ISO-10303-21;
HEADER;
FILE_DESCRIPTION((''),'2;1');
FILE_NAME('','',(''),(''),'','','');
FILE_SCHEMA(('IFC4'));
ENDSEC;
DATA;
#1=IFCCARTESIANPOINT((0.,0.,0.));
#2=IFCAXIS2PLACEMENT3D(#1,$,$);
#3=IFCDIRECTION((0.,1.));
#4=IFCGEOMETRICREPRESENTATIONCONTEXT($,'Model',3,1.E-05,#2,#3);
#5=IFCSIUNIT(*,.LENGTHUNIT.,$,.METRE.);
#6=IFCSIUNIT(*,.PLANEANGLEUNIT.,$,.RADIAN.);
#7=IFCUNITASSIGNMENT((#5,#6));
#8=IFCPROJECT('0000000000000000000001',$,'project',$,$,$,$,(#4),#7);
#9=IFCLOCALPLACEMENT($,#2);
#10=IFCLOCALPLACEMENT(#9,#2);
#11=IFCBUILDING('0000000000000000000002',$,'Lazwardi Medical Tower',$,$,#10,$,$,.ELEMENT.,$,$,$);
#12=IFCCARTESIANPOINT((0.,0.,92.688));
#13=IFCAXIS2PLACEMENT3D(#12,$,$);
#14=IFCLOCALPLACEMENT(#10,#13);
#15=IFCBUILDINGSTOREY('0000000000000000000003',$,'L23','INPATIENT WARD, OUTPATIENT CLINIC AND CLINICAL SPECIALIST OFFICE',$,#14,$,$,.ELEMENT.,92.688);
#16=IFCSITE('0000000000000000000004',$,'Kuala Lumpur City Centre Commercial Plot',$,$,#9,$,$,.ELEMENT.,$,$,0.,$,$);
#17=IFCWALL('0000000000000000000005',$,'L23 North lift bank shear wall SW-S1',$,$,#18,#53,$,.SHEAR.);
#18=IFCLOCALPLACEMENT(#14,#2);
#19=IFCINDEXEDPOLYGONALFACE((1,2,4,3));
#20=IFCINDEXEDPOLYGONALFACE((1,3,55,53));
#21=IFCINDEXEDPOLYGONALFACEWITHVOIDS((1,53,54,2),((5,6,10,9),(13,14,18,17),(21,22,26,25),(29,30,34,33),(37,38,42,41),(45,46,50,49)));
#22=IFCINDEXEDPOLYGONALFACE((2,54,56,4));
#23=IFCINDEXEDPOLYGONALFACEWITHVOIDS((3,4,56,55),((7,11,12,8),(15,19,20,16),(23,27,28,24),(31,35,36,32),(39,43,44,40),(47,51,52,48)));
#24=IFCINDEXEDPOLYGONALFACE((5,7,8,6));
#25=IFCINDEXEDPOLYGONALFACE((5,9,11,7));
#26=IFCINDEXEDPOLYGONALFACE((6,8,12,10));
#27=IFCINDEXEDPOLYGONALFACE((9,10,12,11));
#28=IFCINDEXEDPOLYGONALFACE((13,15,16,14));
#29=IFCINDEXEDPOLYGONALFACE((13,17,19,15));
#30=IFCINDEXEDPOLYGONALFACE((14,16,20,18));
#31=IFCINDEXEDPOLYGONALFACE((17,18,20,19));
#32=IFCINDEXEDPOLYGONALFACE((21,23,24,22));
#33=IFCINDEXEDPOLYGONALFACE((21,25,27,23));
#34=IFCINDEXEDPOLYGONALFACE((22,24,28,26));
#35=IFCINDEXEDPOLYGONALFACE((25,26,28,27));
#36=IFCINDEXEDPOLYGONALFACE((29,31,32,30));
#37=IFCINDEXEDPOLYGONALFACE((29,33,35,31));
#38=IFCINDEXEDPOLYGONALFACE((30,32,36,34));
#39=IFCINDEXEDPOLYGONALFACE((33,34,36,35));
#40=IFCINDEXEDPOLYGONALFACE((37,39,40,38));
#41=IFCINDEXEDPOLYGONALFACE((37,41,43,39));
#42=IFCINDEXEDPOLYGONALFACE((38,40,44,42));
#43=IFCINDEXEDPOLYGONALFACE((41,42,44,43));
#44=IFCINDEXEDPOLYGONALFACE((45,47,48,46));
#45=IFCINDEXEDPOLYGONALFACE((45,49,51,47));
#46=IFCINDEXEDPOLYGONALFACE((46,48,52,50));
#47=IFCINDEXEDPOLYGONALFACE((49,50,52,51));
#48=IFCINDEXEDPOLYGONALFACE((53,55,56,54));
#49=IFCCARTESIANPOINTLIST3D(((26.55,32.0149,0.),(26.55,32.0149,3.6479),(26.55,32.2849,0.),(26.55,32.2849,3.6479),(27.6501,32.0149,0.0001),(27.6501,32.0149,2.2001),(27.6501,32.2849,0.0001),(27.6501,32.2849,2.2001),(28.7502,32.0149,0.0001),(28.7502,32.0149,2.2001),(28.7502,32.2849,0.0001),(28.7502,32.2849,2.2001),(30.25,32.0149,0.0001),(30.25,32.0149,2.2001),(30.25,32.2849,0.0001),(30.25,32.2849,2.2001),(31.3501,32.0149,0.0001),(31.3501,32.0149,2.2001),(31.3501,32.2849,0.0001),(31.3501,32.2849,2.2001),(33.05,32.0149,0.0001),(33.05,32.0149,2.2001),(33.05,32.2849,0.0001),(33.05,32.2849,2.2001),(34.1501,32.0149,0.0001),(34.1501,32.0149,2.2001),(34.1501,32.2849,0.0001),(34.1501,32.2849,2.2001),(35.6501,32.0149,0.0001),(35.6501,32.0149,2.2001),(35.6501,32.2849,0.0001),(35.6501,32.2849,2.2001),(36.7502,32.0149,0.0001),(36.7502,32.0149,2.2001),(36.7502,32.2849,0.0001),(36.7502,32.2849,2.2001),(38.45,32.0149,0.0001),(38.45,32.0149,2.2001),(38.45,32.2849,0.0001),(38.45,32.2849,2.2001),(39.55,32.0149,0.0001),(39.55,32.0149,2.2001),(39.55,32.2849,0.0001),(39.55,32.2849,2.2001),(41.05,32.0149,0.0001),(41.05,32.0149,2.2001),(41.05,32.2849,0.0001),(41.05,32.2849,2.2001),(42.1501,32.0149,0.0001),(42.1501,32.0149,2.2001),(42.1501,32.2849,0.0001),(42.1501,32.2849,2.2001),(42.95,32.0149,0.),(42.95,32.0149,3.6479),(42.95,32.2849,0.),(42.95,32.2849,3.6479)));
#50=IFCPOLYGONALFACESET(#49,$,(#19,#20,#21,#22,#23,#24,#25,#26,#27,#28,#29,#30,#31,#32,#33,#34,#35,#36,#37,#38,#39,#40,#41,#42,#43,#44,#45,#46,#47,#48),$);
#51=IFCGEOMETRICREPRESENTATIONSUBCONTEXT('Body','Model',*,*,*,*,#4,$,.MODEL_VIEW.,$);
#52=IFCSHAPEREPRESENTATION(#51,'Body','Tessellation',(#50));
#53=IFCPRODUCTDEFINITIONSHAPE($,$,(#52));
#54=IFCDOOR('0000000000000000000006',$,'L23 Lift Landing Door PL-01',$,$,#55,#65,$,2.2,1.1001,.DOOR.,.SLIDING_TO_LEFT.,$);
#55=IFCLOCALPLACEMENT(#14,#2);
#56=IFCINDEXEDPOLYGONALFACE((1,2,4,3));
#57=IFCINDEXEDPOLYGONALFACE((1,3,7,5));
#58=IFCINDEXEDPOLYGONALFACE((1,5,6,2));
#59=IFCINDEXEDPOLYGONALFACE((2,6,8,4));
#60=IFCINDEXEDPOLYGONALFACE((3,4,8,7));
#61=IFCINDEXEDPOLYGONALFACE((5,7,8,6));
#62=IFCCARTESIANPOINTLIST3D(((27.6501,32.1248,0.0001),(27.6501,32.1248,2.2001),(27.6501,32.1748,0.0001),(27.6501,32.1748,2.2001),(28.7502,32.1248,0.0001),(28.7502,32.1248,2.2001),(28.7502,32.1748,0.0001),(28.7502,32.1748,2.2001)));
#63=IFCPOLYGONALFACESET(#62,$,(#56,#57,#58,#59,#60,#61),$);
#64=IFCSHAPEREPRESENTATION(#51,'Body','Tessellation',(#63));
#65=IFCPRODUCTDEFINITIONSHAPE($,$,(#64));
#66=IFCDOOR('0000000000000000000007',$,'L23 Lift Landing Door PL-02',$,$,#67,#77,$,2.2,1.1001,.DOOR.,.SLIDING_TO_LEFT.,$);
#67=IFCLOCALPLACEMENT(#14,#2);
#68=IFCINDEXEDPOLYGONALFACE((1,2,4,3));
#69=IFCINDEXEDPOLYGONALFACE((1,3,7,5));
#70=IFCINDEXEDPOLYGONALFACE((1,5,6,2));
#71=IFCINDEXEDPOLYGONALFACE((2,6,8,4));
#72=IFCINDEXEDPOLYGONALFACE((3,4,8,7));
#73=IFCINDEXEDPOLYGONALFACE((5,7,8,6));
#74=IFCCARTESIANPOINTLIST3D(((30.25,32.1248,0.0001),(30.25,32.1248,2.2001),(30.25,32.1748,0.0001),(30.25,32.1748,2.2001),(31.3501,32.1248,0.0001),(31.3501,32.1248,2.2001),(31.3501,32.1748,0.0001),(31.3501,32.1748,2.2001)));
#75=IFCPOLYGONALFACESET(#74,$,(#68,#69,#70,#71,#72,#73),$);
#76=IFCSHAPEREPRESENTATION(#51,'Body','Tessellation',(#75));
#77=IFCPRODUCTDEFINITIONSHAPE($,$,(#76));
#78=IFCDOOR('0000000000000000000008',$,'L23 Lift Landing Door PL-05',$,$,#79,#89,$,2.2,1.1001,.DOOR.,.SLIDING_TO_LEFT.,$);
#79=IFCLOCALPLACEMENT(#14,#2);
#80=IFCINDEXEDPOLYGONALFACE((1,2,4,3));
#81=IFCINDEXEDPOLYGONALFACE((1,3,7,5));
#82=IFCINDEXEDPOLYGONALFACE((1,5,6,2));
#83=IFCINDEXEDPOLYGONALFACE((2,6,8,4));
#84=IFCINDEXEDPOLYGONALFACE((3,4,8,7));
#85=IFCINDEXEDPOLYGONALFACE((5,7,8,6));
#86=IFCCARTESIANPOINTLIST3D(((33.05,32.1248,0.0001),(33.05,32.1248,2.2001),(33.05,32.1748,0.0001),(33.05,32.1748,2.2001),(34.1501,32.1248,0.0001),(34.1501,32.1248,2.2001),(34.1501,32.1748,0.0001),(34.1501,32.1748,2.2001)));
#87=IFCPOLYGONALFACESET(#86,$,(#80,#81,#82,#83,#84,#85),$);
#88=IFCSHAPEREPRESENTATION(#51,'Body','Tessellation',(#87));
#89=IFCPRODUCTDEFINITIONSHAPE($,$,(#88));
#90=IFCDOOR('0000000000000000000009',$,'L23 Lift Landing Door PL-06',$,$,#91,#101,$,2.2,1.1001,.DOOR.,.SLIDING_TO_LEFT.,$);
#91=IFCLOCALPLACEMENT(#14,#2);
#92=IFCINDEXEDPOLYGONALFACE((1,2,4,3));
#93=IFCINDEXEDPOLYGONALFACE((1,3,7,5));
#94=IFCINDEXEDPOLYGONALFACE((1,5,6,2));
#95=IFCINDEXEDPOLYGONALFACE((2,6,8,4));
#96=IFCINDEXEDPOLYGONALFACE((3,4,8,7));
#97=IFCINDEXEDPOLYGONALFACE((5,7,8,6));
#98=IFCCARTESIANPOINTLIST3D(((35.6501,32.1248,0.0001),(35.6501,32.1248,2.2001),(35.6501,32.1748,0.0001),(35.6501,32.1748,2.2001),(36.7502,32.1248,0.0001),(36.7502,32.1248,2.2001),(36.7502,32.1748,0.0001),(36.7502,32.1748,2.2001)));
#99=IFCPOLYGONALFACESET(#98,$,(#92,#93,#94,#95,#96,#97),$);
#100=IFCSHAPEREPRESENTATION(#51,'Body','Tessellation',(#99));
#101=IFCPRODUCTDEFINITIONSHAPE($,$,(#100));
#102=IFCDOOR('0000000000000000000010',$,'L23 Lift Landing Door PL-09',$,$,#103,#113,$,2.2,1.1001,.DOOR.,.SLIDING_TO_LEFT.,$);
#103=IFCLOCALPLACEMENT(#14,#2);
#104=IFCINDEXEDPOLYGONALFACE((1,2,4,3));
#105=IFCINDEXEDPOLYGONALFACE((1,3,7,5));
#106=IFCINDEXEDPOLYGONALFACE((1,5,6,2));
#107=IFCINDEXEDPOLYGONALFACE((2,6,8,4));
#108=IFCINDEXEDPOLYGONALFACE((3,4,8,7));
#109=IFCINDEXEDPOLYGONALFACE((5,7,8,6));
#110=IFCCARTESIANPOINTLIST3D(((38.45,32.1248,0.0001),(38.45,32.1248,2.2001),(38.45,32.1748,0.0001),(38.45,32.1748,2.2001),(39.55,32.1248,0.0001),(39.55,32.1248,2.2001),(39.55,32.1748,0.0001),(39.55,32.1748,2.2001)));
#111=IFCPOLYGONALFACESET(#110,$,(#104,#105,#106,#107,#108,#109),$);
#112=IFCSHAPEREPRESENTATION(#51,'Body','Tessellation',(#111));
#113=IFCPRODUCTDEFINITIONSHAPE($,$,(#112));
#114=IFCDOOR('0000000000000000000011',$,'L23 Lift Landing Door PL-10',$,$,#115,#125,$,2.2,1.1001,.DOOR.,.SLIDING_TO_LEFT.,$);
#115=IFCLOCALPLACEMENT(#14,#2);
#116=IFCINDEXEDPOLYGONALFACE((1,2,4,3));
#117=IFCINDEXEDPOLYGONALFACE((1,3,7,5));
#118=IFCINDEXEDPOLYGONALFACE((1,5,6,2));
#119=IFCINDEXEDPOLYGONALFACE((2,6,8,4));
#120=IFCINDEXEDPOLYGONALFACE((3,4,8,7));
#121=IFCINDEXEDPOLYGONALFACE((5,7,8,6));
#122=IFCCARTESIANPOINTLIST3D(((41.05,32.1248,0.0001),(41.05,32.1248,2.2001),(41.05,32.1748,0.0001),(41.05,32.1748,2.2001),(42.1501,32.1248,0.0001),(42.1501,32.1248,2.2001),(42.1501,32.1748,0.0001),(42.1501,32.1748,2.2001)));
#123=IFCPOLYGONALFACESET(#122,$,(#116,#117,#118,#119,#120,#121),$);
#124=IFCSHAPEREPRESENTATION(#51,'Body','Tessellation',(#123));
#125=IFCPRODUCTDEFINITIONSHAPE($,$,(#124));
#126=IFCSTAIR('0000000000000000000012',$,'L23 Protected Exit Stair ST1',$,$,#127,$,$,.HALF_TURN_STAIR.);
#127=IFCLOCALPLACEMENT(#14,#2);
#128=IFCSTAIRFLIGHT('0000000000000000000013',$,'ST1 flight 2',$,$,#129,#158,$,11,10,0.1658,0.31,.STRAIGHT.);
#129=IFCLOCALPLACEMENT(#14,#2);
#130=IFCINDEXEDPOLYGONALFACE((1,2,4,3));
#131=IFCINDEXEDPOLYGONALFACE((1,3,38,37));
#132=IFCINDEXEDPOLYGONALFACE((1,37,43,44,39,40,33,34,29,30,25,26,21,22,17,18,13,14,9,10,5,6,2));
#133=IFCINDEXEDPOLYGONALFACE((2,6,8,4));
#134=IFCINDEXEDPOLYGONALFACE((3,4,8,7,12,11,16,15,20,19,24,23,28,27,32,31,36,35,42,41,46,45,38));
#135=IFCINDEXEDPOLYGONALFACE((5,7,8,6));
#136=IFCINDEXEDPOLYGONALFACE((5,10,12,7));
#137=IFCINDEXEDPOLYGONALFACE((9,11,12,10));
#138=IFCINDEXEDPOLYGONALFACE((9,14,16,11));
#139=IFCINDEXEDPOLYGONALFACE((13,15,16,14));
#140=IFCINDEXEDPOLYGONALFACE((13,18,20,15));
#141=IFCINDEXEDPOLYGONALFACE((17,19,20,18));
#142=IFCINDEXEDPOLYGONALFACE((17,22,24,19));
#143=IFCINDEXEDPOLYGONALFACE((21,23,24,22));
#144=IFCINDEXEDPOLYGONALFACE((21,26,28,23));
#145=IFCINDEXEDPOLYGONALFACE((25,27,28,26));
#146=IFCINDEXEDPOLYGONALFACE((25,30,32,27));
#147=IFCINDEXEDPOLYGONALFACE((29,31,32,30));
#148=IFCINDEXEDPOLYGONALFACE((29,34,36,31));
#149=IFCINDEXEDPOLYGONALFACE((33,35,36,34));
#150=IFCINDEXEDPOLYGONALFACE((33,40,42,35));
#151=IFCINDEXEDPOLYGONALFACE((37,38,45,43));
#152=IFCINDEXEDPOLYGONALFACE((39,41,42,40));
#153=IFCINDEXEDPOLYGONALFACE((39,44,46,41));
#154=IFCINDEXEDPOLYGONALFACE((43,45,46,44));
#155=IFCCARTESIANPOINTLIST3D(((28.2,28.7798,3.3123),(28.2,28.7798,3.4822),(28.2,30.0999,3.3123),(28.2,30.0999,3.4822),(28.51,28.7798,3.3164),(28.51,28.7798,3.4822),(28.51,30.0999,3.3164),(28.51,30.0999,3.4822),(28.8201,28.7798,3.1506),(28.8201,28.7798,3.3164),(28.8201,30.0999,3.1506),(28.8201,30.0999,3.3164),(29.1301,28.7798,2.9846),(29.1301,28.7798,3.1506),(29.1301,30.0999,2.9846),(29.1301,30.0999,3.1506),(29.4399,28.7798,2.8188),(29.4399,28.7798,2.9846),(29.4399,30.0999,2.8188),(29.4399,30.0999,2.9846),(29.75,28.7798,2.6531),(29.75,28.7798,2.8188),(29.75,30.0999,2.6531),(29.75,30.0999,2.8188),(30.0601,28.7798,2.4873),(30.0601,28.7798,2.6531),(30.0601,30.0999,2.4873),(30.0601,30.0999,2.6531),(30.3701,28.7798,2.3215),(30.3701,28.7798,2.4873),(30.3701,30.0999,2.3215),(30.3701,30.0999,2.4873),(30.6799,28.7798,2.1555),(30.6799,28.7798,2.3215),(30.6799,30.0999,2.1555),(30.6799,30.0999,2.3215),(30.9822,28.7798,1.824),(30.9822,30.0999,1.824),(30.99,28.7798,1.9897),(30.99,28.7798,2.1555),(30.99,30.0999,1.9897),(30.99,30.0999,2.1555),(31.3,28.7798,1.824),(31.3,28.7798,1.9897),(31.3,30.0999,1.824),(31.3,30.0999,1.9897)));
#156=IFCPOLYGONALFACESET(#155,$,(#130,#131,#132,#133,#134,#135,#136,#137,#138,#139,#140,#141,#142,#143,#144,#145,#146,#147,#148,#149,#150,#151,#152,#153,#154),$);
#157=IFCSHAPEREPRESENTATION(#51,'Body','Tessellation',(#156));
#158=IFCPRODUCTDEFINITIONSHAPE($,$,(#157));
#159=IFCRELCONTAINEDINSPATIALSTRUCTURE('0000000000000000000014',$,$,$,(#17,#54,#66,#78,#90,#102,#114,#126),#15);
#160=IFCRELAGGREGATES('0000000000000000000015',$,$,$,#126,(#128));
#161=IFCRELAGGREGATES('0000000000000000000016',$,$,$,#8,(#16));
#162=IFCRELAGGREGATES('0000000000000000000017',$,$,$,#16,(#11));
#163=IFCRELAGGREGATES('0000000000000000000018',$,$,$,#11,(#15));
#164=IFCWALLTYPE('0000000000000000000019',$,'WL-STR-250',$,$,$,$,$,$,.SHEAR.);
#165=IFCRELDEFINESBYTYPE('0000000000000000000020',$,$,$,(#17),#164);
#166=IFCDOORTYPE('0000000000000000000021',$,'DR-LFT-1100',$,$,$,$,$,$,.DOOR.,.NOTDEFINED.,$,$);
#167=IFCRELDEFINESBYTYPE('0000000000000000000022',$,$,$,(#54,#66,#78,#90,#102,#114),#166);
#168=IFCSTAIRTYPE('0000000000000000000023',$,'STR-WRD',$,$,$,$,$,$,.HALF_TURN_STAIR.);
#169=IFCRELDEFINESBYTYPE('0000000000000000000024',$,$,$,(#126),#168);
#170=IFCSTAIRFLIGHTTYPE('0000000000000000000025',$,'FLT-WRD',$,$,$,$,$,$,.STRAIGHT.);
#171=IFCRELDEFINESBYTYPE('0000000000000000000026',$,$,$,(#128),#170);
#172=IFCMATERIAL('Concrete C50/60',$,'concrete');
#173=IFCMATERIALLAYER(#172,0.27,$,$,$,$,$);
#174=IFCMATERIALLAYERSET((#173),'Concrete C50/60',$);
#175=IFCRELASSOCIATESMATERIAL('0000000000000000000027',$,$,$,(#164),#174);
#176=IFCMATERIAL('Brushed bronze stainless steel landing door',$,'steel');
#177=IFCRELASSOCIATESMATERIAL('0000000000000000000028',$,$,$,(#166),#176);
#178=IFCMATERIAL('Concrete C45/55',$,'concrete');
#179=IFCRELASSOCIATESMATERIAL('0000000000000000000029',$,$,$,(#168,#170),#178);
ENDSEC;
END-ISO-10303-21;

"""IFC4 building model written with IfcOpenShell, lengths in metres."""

from ifc_helpers import new_model, si_unit, direction, frame, frame_2d, origin, place, context, subcontext, project, spatial, polyline, rectangle, outline, extrude, material, layer, layer_set, type_object, element, fill, aggregate, save


model = new_model("IFC4")

# Units and contexts
model_context = context("Model", 3, precision=1e-05, world=origin(), true_north=direction((0.0, 1.0)))
body_context = subcontext(model_context, "Body", "Model", "MODEL_VIEW")
ifc_project = project(units=[si_unit("LENGTHUNIT", "METRE"), si_unit("PLANEANGLEUNIT", "RADIAN")], contexts=[model_context])

# Site, building, storey
site_placement = place(None, origin())
site = spatial("IfcSite", under=ifc_project, at=site_placement, Name="Kuala Lumpur City Centre Commercial Plot", CompositionType="ELEMENT", RefElevation=0.0)
building_placement = place(site_placement, origin())
building = spatial("IfcBuilding", under=site, at=building_placement, Name="Lazwardi Medical Tower", CompositionType="ELEMENT")
storey_placement = place(building_placement, frame((0.0, 0.0, 92.688)))
storey = spatial("IfcBuildingStorey", under=building, at=storey_placement, Name="L23", Description="INPATIENT WARD, OUTPATIENT CLINIC AND CLINICAL SPECIALIST OFFICE", CompositionType="ELEMENT", Elevation=92.688)

# Shared definitions
ifc_material_1 = material(Name="Concrete C50/60", Category="concrete")
ifc_layer_1 = layer(ifc_material_1, 0.27)
ifc_layer_set_1 = layer_set([ifc_layer_1], Name="Concrete C50/60")
wall_type_1 = type_object("IfcWallType", Name="WL-STR-250", PredefinedType="SHEAR", material=ifc_layer_set_1)

# Wall, openings, doors
wall_1_placement = place(storey_placement, frame((26.55, 32.1499, 0.0), z_axis=(0.0, 0.0, 1.0), x_axis=(1.0, 0.0, 0.0)))
wall_1 = element("IfcWall", 1, at=wall_1_placement, inside=storey, type_object=wall_type_1, Name="L23 North lift bank shear wall SW-S1", PredefinedType="SHEAR", context=body_context, shape_type="SweptSolid", body=[
    extrude(rectangle(XDim=16.3999, YDim=0.27, at=frame_2d((8.2, 0.0))), origin(), (0.0, 0.0, 1.0), 3.6479),
])
opening_1_placement = place(wall_1_placement, frame((1.1001, 0.0, 0.0)))
opening_1 = element("IfcOpeningElement", 2, at=opening_1_placement, cuts=wall_1, PredefinedType="OPENING", context=body_context, shape_type="SweptSolid", body=[
    extrude(rectangle(XDim=1.1001, YDim=2.2, at=frame_2d((0.55, 1.1001))), frame((0.0, 0.145, 0.0), z_axis=(0.0, -1.0, 0.0), x_axis=(1.0, 0.0, 0.0)), (0.0, 0.0, 1.0), 0.29),
])
opening_2_placement = place(wall_1_placement, frame((3.7, 0.0, 0.0)))
opening_2 = element("IfcOpeningElement", 3, at=opening_2_placement, cuts=wall_1, PredefinedType="OPENING", context=body_context, shape_type="SweptSolid", body=[
    extrude(rectangle(XDim=1.1001, YDim=2.2, at=frame_2d((0.55, 1.1001))), frame((0.0, 0.145, 0.0), z_axis=(0.0, -1.0, 0.0), x_axis=(1.0, 0.0, 0.0)), (0.0, 0.0, 1.0), 0.29),
])
opening_3_placement = place(wall_1_placement, frame((6.5, 0.0, 0.0)))
opening_3 = element("IfcOpeningElement", 4, at=opening_3_placement, cuts=wall_1, PredefinedType="OPENING", context=body_context, shape_type="SweptSolid", body=[
    extrude(rectangle(XDim=1.1001, YDim=2.2, at=frame_2d((0.55, 1.1001))), frame((0.0, 0.145, 0.0), z_axis=(0.0, -1.0, 0.0), x_axis=(1.0, 0.0, 0.0)), (0.0, 0.0, 1.0), 0.29),
])
opening_4_placement = place(wall_1_placement, frame((9.1001, 0.0, 0.0)))
opening_4 = element("IfcOpeningElement", 5, at=opening_4_placement, cuts=wall_1, PredefinedType="OPENING", context=body_context, shape_type="SweptSolid", body=[
    extrude(rectangle(XDim=1.1001, YDim=2.2, at=frame_2d((0.55, 1.1001))), frame((0.0, 0.145, 0.0), z_axis=(0.0, -1.0, 0.0), x_axis=(1.0, 0.0, 0.0)), (0.0, 0.0, 1.0), 0.29),
])
opening_5_placement = place(wall_1_placement, frame((11.8999, 0.0, 0.0)))
opening_5 = element("IfcOpeningElement", 6, at=opening_5_placement, cuts=wall_1, PredefinedType="OPENING", context=body_context, shape_type="SweptSolid", body=[
    extrude(rectangle(XDim=1.1001, YDim=2.2, at=frame_2d((0.55, 1.1001))), frame((0.0, 0.145, 0.0), z_axis=(0.0, -1.0, 0.0), x_axis=(1.0, 0.0, 0.0)), (0.0, 0.0, 1.0), 0.29),
])
opening_6_placement = place(wall_1_placement, frame((14.5, 0.0, 0.0)))
opening_6 = element("IfcOpeningElement", 7, at=opening_6_placement, cuts=wall_1, PredefinedType="OPENING", context=body_context, shape_type="SweptSolid", body=[
    extrude(rectangle(XDim=1.1001, YDim=2.2, at=frame_2d((0.55, 1.1001))), frame((0.0, 0.145, 0.0), z_axis=(0.0, -1.0, 0.0), x_axis=(1.0, 0.0, 0.0)), (0.0, 0.0, 1.0), 0.29),
])
ifc_material_2 = material(Name="Brushed bronze stainless steel landing door", Category="steel")
door_type_1 = type_object("IfcDoorType", Name="DR-LFT-1100", OperationType="NOTDEFINED", PredefinedType="DOOR", material=ifc_material_2)
door_1_placement = place(opening_1_placement, origin())
door_1 = element("IfcDoor", 8, at=door_1_placement, inside=storey, type_object=door_type_1, Name="L23 Lift Landing Door PL-01", OperationType="SLIDING_TO_LEFT", OverallHeight=2.2, OverallWidth=1.1001, PredefinedType="DOOR", context=body_context, shape_type="SweptSolid", body=[
    extrude(rectangle(XDim=1.1001, YDim=2.2, at=frame_2d((0.55, 1.1001))), frame((0.0, 0.0249, 0.0), z_axis=(0.0, -1.0, 0.0), x_axis=(1.0, 0.0, 0.0)), (0.0, 0.0, 1.0), 0.05),
])
fill(opening_1, door_1)
door_2_placement = place(opening_2_placement, origin())
door_2 = element("IfcDoor", 9, at=door_2_placement, inside=storey, type_object=door_type_1, Name="L23 Lift Landing Door PL-02", OperationType="SLIDING_TO_LEFT", OverallHeight=2.2, OverallWidth=1.1001, PredefinedType="DOOR", context=body_context, shape_type="SweptSolid", body=[
    extrude(rectangle(XDim=1.1001, YDim=2.2, at=frame_2d((0.55, 1.1001))), frame((0.0, 0.0249, 0.0), z_axis=(0.0, -1.0, 0.0), x_axis=(1.0, 0.0, 0.0)), (0.0, 0.0, 1.0), 0.05),
])
fill(opening_2, door_2)
door_3_placement = place(opening_3_placement, origin())
door_3 = element("IfcDoor", 10, at=door_3_placement, inside=storey, type_object=door_type_1, Name="L23 Lift Landing Door PL-05", OperationType="SLIDING_TO_LEFT", OverallHeight=2.2, OverallWidth=1.1001, PredefinedType="DOOR", context=body_context, shape_type="SweptSolid", body=[
    extrude(rectangle(XDim=1.1001, YDim=2.2, at=frame_2d((0.55, 1.1001))), frame((0.0, 0.0249, 0.0), z_axis=(0.0, -1.0, 0.0), x_axis=(1.0, 0.0, 0.0)), (0.0, 0.0, 1.0), 0.05),
])
fill(opening_3, door_3)
door_4_placement = place(opening_4_placement, origin())
door_4 = element("IfcDoor", 11, at=door_4_placement, inside=storey, type_object=door_type_1, Name="L23 Lift Landing Door PL-06", OperationType="SLIDING_TO_LEFT", OverallHeight=2.2, OverallWidth=1.1001, PredefinedType="DOOR", context=body_context, shape_type="SweptSolid", body=[
    extrude(rectangle(XDim=1.1001, YDim=2.2, at=frame_2d((0.55, 1.1001))), frame((0.0, 0.0249, 0.0), z_axis=(0.0, -1.0, 0.0), x_axis=(1.0, 0.0, 0.0)), (0.0, 0.0, 1.0), 0.05),
])
fill(opening_4, door_4)
door_5_placement = place(opening_5_placement, origin())
door_5 = element("IfcDoor", 12, at=door_5_placement, inside=storey, type_object=door_type_1, Name="L23 Lift Landing Door PL-09", OperationType="SLIDING_TO_LEFT", OverallHeight=2.2, OverallWidth=1.1001, PredefinedType="DOOR", context=body_context, shape_type="SweptSolid", body=[
    extrude(rectangle(XDim=1.1001, YDim=2.2, at=frame_2d((0.55, 1.1001))), frame((0.0, 0.0249, 0.0), z_axis=(0.0, -1.0, 0.0), x_axis=(1.0, 0.0, 0.0)), (0.0, 0.0, 1.0), 0.05),
])
fill(opening_5, door_5)
door_6_placement = place(opening_6_placement, origin())
door_6 = element("IfcDoor", 13, at=door_6_placement, inside=storey, type_object=door_type_1, Name="L23 Lift Landing Door PL-10", OperationType="SLIDING_TO_LEFT", OverallHeight=2.2, OverallWidth=1.1001, PredefinedType="DOOR", context=body_context, shape_type="SweptSolid", body=[
    extrude(rectangle(XDim=1.1001, YDim=2.2, at=frame_2d((0.55, 1.1001))), frame((0.0, 0.0249, 0.0), z_axis=(0.0, -1.0, 0.0), x_axis=(1.0, 0.0, 0.0)), (0.0, 0.0, 1.0), 0.05),
])
fill(opening_6, door_6)

# Stair, stair flight
ifc_material_3 = material(Name="Concrete C45/55", Category="concrete")
stair_type = type_object("IfcStairType", Name="STR-WRD", PredefinedType="HALF_TURN_STAIR", material=ifc_material_3)
stair_placement = place(storey_placement, origin())
stair = element("IfcStair", 14, at=stair_placement, inside=storey, type_object=stair_type, Name="L23 Protected Exit Stair ST1", PredefinedType="HALF_TURN_STAIR")
stair_flight_type = type_object("IfcStairFlightType", Name="FLT-WRD", PredefinedType="STRAIGHT", material=ifc_material_3)
stair_flight_placement = place(storey_placement, frame((31.3, 29.4399, 1.824), z_axis=(0.0, 0.0, 1.0), x_axis=(-1.0, 0.0, 0.0)))
stair_flight = element("IfcStairFlight", 15, at=stair_flight_placement, type_object=stair_flight_type, Name="ST1 flight 2", NumberOfRisers=11, NumberOfTreads=10, PredefinedType="STRAIGHT", RiserHeight=0.1658, TreadLength=0.31, context=body_context, shape_type="SweptSolid", body=[
    extrude(outline(polyline([(0.0, 0.0), (0.0, 0.1658), (0.3101, 0.1658), (0.3101, 0.3315), (0.6201, 0.3315), (0.6201, 0.4976), (0.9299, 0.4976), (0.9299, 0.6633), (1.24, 0.6633), (1.24, 0.8291), (1.55, 0.8291), (1.55, 0.9949), (1.8601, 0.9949), (1.8601, 1.1606), (2.1699, 1.1606), (2.1699, 1.3267), (2.48, 1.3267), (2.48, 1.4924), (2.79, 1.4924), (2.79, 1.6582), (3.1001, 1.6582), (3.1001, 1.824), (3.1001, 1.4883), (0.3179, 0.0), (0.0, 0.0)])), frame((0.0, 0.6602, 0.0), z_axis=(0.0, -1.0, 0.0), x_axis=(1.0, 0.0, 0.0)), (0.0, 0.0, 1.0), 1.3201),
])
aggregate(stair, [stair_flight])

save(model, "model.ifc")
